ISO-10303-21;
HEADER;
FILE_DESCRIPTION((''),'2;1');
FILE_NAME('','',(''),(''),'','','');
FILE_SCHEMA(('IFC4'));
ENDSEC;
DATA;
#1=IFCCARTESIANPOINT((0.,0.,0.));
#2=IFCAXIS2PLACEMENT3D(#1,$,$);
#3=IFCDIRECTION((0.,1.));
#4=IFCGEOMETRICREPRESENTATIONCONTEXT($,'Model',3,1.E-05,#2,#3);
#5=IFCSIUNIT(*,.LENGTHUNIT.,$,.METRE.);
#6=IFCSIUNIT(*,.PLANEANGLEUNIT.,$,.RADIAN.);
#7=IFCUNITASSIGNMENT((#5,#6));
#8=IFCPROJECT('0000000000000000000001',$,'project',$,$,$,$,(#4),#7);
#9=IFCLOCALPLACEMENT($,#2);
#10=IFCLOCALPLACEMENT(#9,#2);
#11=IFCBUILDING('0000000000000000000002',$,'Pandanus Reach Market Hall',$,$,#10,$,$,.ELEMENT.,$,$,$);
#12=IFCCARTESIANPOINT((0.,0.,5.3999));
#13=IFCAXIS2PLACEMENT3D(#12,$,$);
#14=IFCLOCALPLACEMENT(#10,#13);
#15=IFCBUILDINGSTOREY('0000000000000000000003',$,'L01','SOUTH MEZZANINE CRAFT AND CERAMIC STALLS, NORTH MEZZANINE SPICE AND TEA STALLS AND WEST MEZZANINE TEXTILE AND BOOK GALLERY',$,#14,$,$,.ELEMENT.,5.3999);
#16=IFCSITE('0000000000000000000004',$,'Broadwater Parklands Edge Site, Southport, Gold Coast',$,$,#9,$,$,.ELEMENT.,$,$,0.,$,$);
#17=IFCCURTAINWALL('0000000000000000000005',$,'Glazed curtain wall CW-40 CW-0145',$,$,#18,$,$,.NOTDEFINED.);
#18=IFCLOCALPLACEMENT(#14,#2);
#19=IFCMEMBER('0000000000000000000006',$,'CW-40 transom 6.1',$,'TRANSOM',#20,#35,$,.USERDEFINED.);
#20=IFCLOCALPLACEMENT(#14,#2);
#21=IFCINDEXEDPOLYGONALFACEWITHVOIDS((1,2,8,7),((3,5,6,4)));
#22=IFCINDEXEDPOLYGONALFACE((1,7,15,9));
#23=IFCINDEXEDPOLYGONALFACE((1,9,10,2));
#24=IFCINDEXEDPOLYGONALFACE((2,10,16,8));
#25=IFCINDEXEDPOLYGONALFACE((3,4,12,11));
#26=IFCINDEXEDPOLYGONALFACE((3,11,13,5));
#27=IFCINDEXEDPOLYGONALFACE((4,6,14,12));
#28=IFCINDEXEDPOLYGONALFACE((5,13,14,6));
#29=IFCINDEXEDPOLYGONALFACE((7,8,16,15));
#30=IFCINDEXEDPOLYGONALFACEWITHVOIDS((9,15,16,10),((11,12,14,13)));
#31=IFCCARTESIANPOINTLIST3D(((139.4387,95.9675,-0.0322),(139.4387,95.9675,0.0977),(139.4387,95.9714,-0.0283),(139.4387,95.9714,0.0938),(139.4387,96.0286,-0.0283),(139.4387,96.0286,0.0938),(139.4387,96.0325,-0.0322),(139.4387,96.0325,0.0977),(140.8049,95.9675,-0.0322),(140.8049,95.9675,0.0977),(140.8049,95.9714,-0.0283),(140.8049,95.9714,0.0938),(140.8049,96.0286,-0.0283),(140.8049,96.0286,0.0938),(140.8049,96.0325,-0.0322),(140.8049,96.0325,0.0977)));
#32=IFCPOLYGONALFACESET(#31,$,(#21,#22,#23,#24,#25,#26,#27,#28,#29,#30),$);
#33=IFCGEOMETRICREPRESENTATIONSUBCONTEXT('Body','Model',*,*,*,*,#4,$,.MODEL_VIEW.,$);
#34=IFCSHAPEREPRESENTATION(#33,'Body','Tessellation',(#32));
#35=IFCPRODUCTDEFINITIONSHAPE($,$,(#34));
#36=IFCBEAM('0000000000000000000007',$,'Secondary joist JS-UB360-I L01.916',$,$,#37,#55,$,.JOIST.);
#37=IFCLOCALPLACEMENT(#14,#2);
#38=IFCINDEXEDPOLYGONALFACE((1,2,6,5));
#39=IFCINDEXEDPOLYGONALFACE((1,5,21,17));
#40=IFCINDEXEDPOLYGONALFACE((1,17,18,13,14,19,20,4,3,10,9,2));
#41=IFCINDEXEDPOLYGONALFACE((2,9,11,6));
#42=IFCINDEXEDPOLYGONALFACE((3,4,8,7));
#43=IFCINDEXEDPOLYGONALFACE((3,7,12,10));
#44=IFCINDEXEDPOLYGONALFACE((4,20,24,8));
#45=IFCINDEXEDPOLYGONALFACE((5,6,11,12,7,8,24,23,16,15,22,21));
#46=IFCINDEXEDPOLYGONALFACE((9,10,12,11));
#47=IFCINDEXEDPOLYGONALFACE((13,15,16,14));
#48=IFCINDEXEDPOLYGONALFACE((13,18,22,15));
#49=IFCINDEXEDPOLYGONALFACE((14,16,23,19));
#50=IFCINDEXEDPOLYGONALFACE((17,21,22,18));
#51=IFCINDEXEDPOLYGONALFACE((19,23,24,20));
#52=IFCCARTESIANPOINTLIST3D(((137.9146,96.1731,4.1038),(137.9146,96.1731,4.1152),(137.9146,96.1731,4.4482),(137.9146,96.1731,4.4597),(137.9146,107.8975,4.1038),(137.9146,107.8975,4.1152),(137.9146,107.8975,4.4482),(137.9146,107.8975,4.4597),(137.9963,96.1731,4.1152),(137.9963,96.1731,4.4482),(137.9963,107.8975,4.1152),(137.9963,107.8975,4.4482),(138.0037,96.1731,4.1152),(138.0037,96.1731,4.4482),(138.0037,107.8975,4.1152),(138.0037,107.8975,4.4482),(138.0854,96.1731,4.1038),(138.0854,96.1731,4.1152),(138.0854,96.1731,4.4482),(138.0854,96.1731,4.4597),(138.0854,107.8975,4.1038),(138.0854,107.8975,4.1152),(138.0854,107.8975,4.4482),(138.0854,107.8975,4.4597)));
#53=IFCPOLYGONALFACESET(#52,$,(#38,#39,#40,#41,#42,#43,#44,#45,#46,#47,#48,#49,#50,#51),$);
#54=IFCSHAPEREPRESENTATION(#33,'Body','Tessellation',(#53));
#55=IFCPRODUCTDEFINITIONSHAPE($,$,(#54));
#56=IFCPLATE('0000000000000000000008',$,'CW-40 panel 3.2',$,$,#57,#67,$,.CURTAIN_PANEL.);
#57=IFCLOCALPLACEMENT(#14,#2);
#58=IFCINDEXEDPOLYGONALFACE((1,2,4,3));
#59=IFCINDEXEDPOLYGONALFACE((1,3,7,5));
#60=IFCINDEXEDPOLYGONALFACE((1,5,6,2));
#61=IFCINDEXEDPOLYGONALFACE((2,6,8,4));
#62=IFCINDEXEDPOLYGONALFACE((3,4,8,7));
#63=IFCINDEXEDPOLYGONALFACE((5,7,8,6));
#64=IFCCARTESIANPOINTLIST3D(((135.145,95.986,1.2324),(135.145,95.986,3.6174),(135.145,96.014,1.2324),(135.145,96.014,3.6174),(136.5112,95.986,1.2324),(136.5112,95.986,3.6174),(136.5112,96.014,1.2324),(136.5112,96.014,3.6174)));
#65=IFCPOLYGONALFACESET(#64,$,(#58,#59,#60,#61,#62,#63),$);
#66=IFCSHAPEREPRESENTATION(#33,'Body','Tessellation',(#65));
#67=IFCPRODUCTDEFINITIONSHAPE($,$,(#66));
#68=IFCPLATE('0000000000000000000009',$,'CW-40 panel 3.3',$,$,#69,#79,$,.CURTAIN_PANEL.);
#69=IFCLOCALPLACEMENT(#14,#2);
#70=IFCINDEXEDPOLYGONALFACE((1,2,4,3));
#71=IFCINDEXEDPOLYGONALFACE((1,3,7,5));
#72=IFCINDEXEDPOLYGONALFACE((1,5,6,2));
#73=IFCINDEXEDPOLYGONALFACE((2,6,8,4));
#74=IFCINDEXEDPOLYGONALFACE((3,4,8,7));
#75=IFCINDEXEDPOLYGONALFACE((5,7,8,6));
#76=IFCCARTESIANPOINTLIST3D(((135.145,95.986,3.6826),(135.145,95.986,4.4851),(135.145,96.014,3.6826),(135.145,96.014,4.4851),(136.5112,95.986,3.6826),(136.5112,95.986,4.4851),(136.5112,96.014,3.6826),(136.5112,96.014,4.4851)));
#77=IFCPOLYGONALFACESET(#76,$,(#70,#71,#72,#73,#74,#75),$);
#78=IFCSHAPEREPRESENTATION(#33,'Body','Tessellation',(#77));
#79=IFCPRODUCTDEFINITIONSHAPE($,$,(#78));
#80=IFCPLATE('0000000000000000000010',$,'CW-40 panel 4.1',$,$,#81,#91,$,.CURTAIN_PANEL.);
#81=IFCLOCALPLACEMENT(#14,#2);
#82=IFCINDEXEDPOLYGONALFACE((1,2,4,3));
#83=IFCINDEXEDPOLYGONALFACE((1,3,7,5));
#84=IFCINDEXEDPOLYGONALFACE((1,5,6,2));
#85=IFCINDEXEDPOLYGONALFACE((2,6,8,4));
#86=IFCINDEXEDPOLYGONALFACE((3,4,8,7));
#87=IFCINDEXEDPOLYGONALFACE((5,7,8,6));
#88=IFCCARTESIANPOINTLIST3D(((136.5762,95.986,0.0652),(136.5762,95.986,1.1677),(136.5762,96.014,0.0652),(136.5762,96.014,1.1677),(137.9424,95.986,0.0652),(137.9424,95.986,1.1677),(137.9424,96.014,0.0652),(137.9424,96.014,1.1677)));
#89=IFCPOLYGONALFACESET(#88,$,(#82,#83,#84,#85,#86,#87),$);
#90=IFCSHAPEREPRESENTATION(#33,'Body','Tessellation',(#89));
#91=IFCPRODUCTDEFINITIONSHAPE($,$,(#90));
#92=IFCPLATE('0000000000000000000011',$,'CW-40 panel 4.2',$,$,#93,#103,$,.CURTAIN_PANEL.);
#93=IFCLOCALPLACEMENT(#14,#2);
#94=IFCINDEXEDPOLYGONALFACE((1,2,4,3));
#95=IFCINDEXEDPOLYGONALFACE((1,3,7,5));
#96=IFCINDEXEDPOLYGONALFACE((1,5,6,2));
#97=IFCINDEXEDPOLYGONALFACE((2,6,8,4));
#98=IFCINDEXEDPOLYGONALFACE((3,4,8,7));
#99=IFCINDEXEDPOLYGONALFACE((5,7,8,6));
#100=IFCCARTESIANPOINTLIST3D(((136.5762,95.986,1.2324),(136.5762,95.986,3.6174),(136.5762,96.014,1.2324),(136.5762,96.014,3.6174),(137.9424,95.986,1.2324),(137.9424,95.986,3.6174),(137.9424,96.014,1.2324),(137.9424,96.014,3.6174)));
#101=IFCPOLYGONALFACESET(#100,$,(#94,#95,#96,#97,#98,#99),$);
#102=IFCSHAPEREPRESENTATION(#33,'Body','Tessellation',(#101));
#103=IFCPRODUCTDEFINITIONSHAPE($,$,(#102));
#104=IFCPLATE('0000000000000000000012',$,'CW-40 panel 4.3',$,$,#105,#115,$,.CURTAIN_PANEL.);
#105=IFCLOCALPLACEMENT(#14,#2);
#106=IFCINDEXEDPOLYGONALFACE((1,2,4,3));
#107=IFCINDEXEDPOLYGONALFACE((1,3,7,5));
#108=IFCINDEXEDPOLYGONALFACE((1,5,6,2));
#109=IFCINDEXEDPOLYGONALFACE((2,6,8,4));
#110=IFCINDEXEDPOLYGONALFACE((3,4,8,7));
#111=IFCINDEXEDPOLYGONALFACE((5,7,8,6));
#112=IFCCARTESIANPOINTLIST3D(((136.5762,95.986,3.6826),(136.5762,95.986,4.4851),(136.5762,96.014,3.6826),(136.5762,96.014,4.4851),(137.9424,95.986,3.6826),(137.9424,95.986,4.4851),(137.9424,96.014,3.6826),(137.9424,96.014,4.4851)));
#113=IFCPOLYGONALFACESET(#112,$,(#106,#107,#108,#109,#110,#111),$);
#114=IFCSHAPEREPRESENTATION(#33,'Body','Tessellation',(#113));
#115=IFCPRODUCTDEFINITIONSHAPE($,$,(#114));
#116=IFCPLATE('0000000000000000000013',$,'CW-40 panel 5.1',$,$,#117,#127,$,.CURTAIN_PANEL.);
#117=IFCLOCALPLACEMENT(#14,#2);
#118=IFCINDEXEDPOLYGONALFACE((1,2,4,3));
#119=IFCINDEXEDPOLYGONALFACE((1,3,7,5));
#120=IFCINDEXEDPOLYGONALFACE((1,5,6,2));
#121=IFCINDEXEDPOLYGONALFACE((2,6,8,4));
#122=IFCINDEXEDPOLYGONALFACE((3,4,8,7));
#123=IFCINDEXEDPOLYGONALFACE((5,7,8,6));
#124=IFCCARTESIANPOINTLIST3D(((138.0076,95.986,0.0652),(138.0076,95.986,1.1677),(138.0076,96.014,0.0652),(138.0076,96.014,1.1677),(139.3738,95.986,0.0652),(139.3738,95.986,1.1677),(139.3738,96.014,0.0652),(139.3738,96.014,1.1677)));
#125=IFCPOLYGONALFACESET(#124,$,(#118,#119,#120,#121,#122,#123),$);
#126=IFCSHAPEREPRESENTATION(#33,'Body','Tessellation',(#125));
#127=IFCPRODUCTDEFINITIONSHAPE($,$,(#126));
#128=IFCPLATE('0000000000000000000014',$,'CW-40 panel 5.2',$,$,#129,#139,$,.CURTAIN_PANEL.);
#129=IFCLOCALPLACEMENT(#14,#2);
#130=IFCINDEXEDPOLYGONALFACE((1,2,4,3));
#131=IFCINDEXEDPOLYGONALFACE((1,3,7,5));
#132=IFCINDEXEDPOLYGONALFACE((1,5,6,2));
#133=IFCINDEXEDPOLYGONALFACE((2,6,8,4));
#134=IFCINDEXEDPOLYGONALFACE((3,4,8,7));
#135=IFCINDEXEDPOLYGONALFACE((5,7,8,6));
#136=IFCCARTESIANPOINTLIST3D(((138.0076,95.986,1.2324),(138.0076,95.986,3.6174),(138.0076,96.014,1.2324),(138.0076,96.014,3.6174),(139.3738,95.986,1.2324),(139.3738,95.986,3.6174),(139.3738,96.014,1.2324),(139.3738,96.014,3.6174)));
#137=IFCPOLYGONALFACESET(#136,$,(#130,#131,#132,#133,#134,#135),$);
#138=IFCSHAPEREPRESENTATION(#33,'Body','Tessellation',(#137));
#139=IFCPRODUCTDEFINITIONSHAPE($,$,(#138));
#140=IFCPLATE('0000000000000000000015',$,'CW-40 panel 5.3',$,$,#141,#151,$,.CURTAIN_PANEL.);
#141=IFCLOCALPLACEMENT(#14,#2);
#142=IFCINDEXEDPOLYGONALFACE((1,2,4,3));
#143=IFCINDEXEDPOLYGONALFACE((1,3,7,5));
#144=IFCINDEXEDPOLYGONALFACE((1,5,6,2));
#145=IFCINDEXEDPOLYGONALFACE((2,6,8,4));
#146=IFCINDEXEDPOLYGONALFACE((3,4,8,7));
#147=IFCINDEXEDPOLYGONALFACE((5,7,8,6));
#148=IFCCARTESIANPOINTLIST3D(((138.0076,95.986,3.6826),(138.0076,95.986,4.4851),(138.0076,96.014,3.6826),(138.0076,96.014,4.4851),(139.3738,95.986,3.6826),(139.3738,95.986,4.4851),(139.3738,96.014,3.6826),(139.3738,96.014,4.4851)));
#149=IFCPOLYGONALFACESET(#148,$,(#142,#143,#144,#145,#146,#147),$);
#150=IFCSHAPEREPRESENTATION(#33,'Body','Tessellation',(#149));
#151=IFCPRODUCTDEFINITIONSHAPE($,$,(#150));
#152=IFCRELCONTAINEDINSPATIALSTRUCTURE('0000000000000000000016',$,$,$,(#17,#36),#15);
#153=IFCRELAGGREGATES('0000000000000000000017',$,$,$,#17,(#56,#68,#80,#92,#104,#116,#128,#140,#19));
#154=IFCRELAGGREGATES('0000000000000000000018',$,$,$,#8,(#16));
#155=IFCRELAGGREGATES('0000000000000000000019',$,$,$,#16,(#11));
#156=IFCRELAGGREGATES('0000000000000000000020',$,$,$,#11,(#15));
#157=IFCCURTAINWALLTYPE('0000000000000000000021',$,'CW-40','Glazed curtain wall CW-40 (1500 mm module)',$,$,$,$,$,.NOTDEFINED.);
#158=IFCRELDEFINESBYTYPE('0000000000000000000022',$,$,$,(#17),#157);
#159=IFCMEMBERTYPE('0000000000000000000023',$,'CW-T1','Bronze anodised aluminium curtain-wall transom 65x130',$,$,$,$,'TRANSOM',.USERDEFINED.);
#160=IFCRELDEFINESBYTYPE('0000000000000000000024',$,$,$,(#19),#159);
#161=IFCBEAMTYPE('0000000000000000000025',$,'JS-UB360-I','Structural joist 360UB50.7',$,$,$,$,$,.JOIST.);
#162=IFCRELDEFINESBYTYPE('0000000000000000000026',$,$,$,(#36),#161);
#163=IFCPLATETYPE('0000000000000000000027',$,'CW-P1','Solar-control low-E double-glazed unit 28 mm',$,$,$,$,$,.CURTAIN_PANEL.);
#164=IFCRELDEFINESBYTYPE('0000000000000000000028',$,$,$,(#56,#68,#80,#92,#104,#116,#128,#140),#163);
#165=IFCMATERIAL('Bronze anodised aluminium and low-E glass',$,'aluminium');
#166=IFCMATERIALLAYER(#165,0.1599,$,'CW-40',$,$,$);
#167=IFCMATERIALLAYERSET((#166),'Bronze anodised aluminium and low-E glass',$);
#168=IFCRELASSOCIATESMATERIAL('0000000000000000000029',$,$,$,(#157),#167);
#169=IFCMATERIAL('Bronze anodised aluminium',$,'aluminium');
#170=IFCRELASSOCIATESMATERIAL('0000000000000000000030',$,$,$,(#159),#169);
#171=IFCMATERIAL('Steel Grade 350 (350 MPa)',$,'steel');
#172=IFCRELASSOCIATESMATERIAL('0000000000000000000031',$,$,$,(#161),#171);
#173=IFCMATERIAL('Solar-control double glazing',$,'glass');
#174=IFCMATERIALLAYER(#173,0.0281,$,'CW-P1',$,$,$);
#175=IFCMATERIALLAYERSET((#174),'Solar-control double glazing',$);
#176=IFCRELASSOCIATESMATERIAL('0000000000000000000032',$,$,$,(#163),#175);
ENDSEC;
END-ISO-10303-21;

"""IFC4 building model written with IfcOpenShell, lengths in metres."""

from ifc_helpers import new_model, si_unit, direction, frame, origin, origin_2d, place, context, subcontext, project, spatial, rectangle, hollow_rectangle, i_section, extrude, material, layer, layer_set, material_profile, profile_set, type_object, element, aggregate, save


model = new_model("IFC4")

# Units and contexts
model_context = context("Model", 3, precision=1e-05, world=origin(), true_north=direction((0.0, 1.0)))
body_context = subcontext(model_context, "Body", "Model", "MODEL_VIEW")
ifc_project = project(units=[si_unit("LENGTHUNIT", "METRE"), si_unit("PLANEANGLEUNIT", "RADIAN")], contexts=[model_context])

# Site, building, storey
site_placement = place(None, origin())
site = spatial("IfcSite", under=ifc_project, at=site_placement, Name="Broadwater Parklands Edge Site, Southport, Gold Coast", CompositionType="ELEMENT", RefElevation=0.0)
building_placement = place(site_placement, origin())
building = spatial("IfcBuilding", under=site, at=building_placement, Name="Pandanus Reach Market Hall", CompositionType="ELEMENT")
storey_placement = place(building_placement, frame((0.0, 0.0, 5.3999)))
storey = spatial("IfcBuildingStorey", under=building, at=storey_placement, Name="L01", Description="SOUTH MEZZANINE CRAFT AND CERAMIC STALLS, NORTH MEZZANINE SPICE AND TEA STALLS AND WEST MEZZANINE TEXTILE AND BOOK GALLERY", CompositionType="ELEMENT", Elevation=5.3999)

# Curtain wall, member
ifc_material_1 = material(Name="Bronze anodised aluminium and low-E glass", Category="aluminium")
ifc_layer_1 = layer(ifc_material_1, 0.1599, Name="CW-40")
ifc_layer_set_1 = layer_set([ifc_layer_1], Name="Bronze anodised aluminium and low-E glass")
curtain_wall_type = type_object("IfcCurtainWallType", Name="CW-40", Description="Glazed curtain wall CW-40 (1500 mm module)", PredefinedType="NOTDEFINED", material=ifc_layer_set_1)
curtain_wall_placement = place(storey_placement, origin())
curtain_wall = element("IfcCurtainWall", 1, at=curtain_wall_placement, inside=storey, type_object=curtain_wall_type, Name="Glazed curtain wall CW-40 CW-0145", PredefinedType="NOTDEFINED")
ifc_material_2 = material(Name="Bronze anodised aluminium", Category="aluminium")
ifc_material_profile_1 = material_profile(ifc_material_2, hollow_rectangle(XDim=0.0649, YDim=0.1299, WallThickness=0.0039, at=origin_2d()), Name="ALU65x130", Category="LoadBearing")
ifc_profile_set_1 = profile_set([ifc_material_profile_1], Name="Bronze anodised aluminium")
member_type_1 = type_object("IfcMemberType", Name="CW-T1", Description="Bronze anodised aluminium curtain-wall transom 65x130", ElementType="TRANSOM", PredefinedType="USERDEFINED", material=ifc_profile_set_1)
member_1_placement = place(storey_placement, frame((139.4387, 96.0, 0.0327), z_axis=(1.0, 0.0, 0.0), x_axis=(0.0, 1.0, 0.0)))
member_1 = element("IfcMember", 2, at=member_1_placement, type_object=member_type_1, Name="CW-40 transom 6.1", ObjectType="TRANSOM", PredefinedType="USERDEFINED", context=body_context, shape_type="SweptSolid", body=[
    extrude(hollow_rectangle(XDim=0.0649, YDim=0.1299, WallThickness=0.0039, at=origin_2d()), origin(), (0.0, 0.0, 1.0), 1.3662),
])

# Beam
ifc_material_3 = material(Name="Steel Grade 350 (350 MPa)", Category="steel")
ifc_material_profile_2 = material_profile(ifc_material_3, i_section(OverallWidth=0.1709, OverallDepth=0.356, WebThickness=0.0073, FlangeThickness=0.0115, at=origin_2d()), Name="360UB50.7", Category="LoadBearing")
ifc_profile_set_2 = profile_set([ifc_material_profile_2], Name="Steel Grade 350 (350 MPa)")
beam_type = type_object("IfcBeamType", Name="JS-UB360-I", Description="Structural joist 360UB50.7", PredefinedType="JOIST", material=ifc_profile_set_2)
beam_placement = place(storey_placement, frame((138.0, 96.1731, 4.2817), z_axis=(0.0, 1.0, 0.0), x_axis=(-1.0, 0.0, 0.0)))
element("IfcBeam", 3, at=beam_placement, inside=storey, type_object=beam_type, Name="Secondary joist JS-UB360-I L01.916", PredefinedType="JOIST", context=body_context, shape_type="SweptSolid", body=[
    extrude(i_section(OverallWidth=0.1709, OverallDepth=0.356, WebThickness=0.0073, FlangeThickness=0.0115, at=origin_2d()), origin(), (0.0, 0.0, 1.0), 11.7244),
])

# Plates
ifc_material_4 = material(Name="Solar-control double glazing", Category="glass")
ifc_layer_2 = layer(ifc_material_4, 0.0281, Name="CW-P1")
ifc_layer_set_2 = layer_set([ifc_layer_2], Name="Solar-control double glazing")
plate_type = type_object("IfcPlateType", Name="CW-P1", Description="Solar-control low-E double-glazed unit 28 mm", PredefinedType="CURTAIN_PANEL", material=ifc_layer_set_2)
plate_1_placement = place(storey_placement, frame((135.8281, 96.0, 1.2324), z_axis=(0.0, 0.0, 1.0), x_axis=(1.0, 0.0, 0.0)))
plate_1 = element("IfcPlate", 4, at=plate_1_placement, type_object=plate_type, Name="CW-40 panel 3.2", PredefinedType="CURTAIN_PANEL", context=body_context, shape_type="SweptSolid", body=[
    extrude(rectangle(XDim=1.3662, YDim=0.0281, at=origin_2d()), origin(), (0.0, 0.0, 1.0), 2.385),
])
plate_2_placement = place(storey_placement, frame((135.8281, 96.0, 3.6826), z_axis=(0.0, 0.0, 1.0), x_axis=(1.0, 0.0, 0.0)))
plate_2 = element("IfcPlate", 5, at=plate_2_placement, type_object=plate_type, Name="CW-40 panel 3.3", PredefinedType="CURTAIN_PANEL", context=body_context, shape_type="SweptSolid", body=[
    extrude(rectangle(XDim=1.3662, YDim=0.0281, at=origin_2d()), origin(), (0.0, 0.0, 1.0), 0.8025),
])
plate_3_placement = place(storey_placement, frame((137.2593, 96.0, 0.0652), z_axis=(0.0, 0.0, 1.0), x_axis=(1.0, 0.0, 0.0)))
plate_3 = element("IfcPlate", 6, at=plate_3_placement, type_object=plate_type, Name="CW-40 panel 4.1", PredefinedType="CURTAIN_PANEL", context=body_context, shape_type="SweptSolid", body=[
    extrude(rectangle(XDim=1.3662, YDim=0.0281, at=origin_2d()), origin(), (0.0, 0.0, 1.0), 1.1025),
])
plate_4_placement = place(storey_placement, frame((137.2593, 96.0, 1.2324), z_axis=(0.0, 0.0, 1.0), x_axis=(1.0, 0.0, 0.0)))
plate_4 = element("IfcPlate", 7, at=plate_4_placement, type_object=plate_type, Name="CW-40 panel 4.2", PredefinedType="CURTAIN_PANEL", context=body_context, shape_type="SweptSolid", body=[
    extrude(rectangle(XDim=1.3662, YDim=0.0281, at=origin_2d()), origin(), (0.0, 0.0, 1.0), 2.385),
])
plate_5_placement = place(storey_placement, frame((137.2593, 96.0, 3.6826), z_axis=(0.0, 0.0, 1.0), x_axis=(1.0, 0.0, 0.0)))
plate_5 = element("IfcPlate", 8, at=plate_5_placement, type_object=plate_type, Name="CW-40 panel 4.3", PredefinedType="CURTAIN_PANEL", context=body_context, shape_type="SweptSolid", body=[
    extrude(rectangle(XDim=1.3662, YDim=0.0281, at=origin_2d()), origin(), (0.0, 0.0, 1.0), 0.8025),
])
plate_6_placement = place(storey_placement, frame((138.6907, 96.0, 0.0652), z_axis=(0.0, 0.0, 1.0), x_axis=(1.0, 0.0, 0.0)))
plate_6 = element("IfcPlate", 9, at=plate_6_placement, type_object=plate_type, Name="CW-40 panel 5.1", PredefinedType="CURTAIN_PANEL", context=body_context, shape_type="SweptSolid", body=[
    extrude(rectangle(XDim=1.3662, YDim=0.0281, at=origin_2d()), origin(), (0.0, 0.0, 1.0), 1.1025),
])
plate_7_placement = place(storey_placement, frame((138.6907, 96.0, 1.2324), z_axis=(0.0, 0.0, 1.0), x_axis=(1.0, 0.0, 0.0)))
plate_7 = element("IfcPlate", 10, at=plate_7_placement, type_object=plate_type, Name="CW-40 panel 5.2", PredefinedType="CURTAIN_PANEL", context=body_context, shape_type="SweptSolid", body=[
    extrude(rectangle(XDim=1.3662, YDim=0.0281, at=origin_2d()), origin(), (0.0, 0.0, 1.0), 2.385),
])
plate_8_placement = place(storey_placement, frame((138.6907, 96.0, 3.6826), z_axis=(0.0, 0.0, 1.0), x_axis=(1.0, 0.0, 0.0)))
plate_8 = element("IfcPlate", 11, at=plate_8_placement, type_object=plate_type, Name="CW-40 panel 5.3", PredefinedType="CURTAIN_PANEL", context=body_context, shape_type="SweptSolid", body=[
    extrude(rectangle(XDim=1.3662, YDim=0.0281, at=origin_2d()), origin(), (0.0, 0.0, 1.0), 0.8025),
])
aggregate(curtain_wall, [plate_1, plate_2, plate_3, plate_4, plate_5, plate_6, plate_7, plate_8, member_1])

save(model, "model.ifc")
